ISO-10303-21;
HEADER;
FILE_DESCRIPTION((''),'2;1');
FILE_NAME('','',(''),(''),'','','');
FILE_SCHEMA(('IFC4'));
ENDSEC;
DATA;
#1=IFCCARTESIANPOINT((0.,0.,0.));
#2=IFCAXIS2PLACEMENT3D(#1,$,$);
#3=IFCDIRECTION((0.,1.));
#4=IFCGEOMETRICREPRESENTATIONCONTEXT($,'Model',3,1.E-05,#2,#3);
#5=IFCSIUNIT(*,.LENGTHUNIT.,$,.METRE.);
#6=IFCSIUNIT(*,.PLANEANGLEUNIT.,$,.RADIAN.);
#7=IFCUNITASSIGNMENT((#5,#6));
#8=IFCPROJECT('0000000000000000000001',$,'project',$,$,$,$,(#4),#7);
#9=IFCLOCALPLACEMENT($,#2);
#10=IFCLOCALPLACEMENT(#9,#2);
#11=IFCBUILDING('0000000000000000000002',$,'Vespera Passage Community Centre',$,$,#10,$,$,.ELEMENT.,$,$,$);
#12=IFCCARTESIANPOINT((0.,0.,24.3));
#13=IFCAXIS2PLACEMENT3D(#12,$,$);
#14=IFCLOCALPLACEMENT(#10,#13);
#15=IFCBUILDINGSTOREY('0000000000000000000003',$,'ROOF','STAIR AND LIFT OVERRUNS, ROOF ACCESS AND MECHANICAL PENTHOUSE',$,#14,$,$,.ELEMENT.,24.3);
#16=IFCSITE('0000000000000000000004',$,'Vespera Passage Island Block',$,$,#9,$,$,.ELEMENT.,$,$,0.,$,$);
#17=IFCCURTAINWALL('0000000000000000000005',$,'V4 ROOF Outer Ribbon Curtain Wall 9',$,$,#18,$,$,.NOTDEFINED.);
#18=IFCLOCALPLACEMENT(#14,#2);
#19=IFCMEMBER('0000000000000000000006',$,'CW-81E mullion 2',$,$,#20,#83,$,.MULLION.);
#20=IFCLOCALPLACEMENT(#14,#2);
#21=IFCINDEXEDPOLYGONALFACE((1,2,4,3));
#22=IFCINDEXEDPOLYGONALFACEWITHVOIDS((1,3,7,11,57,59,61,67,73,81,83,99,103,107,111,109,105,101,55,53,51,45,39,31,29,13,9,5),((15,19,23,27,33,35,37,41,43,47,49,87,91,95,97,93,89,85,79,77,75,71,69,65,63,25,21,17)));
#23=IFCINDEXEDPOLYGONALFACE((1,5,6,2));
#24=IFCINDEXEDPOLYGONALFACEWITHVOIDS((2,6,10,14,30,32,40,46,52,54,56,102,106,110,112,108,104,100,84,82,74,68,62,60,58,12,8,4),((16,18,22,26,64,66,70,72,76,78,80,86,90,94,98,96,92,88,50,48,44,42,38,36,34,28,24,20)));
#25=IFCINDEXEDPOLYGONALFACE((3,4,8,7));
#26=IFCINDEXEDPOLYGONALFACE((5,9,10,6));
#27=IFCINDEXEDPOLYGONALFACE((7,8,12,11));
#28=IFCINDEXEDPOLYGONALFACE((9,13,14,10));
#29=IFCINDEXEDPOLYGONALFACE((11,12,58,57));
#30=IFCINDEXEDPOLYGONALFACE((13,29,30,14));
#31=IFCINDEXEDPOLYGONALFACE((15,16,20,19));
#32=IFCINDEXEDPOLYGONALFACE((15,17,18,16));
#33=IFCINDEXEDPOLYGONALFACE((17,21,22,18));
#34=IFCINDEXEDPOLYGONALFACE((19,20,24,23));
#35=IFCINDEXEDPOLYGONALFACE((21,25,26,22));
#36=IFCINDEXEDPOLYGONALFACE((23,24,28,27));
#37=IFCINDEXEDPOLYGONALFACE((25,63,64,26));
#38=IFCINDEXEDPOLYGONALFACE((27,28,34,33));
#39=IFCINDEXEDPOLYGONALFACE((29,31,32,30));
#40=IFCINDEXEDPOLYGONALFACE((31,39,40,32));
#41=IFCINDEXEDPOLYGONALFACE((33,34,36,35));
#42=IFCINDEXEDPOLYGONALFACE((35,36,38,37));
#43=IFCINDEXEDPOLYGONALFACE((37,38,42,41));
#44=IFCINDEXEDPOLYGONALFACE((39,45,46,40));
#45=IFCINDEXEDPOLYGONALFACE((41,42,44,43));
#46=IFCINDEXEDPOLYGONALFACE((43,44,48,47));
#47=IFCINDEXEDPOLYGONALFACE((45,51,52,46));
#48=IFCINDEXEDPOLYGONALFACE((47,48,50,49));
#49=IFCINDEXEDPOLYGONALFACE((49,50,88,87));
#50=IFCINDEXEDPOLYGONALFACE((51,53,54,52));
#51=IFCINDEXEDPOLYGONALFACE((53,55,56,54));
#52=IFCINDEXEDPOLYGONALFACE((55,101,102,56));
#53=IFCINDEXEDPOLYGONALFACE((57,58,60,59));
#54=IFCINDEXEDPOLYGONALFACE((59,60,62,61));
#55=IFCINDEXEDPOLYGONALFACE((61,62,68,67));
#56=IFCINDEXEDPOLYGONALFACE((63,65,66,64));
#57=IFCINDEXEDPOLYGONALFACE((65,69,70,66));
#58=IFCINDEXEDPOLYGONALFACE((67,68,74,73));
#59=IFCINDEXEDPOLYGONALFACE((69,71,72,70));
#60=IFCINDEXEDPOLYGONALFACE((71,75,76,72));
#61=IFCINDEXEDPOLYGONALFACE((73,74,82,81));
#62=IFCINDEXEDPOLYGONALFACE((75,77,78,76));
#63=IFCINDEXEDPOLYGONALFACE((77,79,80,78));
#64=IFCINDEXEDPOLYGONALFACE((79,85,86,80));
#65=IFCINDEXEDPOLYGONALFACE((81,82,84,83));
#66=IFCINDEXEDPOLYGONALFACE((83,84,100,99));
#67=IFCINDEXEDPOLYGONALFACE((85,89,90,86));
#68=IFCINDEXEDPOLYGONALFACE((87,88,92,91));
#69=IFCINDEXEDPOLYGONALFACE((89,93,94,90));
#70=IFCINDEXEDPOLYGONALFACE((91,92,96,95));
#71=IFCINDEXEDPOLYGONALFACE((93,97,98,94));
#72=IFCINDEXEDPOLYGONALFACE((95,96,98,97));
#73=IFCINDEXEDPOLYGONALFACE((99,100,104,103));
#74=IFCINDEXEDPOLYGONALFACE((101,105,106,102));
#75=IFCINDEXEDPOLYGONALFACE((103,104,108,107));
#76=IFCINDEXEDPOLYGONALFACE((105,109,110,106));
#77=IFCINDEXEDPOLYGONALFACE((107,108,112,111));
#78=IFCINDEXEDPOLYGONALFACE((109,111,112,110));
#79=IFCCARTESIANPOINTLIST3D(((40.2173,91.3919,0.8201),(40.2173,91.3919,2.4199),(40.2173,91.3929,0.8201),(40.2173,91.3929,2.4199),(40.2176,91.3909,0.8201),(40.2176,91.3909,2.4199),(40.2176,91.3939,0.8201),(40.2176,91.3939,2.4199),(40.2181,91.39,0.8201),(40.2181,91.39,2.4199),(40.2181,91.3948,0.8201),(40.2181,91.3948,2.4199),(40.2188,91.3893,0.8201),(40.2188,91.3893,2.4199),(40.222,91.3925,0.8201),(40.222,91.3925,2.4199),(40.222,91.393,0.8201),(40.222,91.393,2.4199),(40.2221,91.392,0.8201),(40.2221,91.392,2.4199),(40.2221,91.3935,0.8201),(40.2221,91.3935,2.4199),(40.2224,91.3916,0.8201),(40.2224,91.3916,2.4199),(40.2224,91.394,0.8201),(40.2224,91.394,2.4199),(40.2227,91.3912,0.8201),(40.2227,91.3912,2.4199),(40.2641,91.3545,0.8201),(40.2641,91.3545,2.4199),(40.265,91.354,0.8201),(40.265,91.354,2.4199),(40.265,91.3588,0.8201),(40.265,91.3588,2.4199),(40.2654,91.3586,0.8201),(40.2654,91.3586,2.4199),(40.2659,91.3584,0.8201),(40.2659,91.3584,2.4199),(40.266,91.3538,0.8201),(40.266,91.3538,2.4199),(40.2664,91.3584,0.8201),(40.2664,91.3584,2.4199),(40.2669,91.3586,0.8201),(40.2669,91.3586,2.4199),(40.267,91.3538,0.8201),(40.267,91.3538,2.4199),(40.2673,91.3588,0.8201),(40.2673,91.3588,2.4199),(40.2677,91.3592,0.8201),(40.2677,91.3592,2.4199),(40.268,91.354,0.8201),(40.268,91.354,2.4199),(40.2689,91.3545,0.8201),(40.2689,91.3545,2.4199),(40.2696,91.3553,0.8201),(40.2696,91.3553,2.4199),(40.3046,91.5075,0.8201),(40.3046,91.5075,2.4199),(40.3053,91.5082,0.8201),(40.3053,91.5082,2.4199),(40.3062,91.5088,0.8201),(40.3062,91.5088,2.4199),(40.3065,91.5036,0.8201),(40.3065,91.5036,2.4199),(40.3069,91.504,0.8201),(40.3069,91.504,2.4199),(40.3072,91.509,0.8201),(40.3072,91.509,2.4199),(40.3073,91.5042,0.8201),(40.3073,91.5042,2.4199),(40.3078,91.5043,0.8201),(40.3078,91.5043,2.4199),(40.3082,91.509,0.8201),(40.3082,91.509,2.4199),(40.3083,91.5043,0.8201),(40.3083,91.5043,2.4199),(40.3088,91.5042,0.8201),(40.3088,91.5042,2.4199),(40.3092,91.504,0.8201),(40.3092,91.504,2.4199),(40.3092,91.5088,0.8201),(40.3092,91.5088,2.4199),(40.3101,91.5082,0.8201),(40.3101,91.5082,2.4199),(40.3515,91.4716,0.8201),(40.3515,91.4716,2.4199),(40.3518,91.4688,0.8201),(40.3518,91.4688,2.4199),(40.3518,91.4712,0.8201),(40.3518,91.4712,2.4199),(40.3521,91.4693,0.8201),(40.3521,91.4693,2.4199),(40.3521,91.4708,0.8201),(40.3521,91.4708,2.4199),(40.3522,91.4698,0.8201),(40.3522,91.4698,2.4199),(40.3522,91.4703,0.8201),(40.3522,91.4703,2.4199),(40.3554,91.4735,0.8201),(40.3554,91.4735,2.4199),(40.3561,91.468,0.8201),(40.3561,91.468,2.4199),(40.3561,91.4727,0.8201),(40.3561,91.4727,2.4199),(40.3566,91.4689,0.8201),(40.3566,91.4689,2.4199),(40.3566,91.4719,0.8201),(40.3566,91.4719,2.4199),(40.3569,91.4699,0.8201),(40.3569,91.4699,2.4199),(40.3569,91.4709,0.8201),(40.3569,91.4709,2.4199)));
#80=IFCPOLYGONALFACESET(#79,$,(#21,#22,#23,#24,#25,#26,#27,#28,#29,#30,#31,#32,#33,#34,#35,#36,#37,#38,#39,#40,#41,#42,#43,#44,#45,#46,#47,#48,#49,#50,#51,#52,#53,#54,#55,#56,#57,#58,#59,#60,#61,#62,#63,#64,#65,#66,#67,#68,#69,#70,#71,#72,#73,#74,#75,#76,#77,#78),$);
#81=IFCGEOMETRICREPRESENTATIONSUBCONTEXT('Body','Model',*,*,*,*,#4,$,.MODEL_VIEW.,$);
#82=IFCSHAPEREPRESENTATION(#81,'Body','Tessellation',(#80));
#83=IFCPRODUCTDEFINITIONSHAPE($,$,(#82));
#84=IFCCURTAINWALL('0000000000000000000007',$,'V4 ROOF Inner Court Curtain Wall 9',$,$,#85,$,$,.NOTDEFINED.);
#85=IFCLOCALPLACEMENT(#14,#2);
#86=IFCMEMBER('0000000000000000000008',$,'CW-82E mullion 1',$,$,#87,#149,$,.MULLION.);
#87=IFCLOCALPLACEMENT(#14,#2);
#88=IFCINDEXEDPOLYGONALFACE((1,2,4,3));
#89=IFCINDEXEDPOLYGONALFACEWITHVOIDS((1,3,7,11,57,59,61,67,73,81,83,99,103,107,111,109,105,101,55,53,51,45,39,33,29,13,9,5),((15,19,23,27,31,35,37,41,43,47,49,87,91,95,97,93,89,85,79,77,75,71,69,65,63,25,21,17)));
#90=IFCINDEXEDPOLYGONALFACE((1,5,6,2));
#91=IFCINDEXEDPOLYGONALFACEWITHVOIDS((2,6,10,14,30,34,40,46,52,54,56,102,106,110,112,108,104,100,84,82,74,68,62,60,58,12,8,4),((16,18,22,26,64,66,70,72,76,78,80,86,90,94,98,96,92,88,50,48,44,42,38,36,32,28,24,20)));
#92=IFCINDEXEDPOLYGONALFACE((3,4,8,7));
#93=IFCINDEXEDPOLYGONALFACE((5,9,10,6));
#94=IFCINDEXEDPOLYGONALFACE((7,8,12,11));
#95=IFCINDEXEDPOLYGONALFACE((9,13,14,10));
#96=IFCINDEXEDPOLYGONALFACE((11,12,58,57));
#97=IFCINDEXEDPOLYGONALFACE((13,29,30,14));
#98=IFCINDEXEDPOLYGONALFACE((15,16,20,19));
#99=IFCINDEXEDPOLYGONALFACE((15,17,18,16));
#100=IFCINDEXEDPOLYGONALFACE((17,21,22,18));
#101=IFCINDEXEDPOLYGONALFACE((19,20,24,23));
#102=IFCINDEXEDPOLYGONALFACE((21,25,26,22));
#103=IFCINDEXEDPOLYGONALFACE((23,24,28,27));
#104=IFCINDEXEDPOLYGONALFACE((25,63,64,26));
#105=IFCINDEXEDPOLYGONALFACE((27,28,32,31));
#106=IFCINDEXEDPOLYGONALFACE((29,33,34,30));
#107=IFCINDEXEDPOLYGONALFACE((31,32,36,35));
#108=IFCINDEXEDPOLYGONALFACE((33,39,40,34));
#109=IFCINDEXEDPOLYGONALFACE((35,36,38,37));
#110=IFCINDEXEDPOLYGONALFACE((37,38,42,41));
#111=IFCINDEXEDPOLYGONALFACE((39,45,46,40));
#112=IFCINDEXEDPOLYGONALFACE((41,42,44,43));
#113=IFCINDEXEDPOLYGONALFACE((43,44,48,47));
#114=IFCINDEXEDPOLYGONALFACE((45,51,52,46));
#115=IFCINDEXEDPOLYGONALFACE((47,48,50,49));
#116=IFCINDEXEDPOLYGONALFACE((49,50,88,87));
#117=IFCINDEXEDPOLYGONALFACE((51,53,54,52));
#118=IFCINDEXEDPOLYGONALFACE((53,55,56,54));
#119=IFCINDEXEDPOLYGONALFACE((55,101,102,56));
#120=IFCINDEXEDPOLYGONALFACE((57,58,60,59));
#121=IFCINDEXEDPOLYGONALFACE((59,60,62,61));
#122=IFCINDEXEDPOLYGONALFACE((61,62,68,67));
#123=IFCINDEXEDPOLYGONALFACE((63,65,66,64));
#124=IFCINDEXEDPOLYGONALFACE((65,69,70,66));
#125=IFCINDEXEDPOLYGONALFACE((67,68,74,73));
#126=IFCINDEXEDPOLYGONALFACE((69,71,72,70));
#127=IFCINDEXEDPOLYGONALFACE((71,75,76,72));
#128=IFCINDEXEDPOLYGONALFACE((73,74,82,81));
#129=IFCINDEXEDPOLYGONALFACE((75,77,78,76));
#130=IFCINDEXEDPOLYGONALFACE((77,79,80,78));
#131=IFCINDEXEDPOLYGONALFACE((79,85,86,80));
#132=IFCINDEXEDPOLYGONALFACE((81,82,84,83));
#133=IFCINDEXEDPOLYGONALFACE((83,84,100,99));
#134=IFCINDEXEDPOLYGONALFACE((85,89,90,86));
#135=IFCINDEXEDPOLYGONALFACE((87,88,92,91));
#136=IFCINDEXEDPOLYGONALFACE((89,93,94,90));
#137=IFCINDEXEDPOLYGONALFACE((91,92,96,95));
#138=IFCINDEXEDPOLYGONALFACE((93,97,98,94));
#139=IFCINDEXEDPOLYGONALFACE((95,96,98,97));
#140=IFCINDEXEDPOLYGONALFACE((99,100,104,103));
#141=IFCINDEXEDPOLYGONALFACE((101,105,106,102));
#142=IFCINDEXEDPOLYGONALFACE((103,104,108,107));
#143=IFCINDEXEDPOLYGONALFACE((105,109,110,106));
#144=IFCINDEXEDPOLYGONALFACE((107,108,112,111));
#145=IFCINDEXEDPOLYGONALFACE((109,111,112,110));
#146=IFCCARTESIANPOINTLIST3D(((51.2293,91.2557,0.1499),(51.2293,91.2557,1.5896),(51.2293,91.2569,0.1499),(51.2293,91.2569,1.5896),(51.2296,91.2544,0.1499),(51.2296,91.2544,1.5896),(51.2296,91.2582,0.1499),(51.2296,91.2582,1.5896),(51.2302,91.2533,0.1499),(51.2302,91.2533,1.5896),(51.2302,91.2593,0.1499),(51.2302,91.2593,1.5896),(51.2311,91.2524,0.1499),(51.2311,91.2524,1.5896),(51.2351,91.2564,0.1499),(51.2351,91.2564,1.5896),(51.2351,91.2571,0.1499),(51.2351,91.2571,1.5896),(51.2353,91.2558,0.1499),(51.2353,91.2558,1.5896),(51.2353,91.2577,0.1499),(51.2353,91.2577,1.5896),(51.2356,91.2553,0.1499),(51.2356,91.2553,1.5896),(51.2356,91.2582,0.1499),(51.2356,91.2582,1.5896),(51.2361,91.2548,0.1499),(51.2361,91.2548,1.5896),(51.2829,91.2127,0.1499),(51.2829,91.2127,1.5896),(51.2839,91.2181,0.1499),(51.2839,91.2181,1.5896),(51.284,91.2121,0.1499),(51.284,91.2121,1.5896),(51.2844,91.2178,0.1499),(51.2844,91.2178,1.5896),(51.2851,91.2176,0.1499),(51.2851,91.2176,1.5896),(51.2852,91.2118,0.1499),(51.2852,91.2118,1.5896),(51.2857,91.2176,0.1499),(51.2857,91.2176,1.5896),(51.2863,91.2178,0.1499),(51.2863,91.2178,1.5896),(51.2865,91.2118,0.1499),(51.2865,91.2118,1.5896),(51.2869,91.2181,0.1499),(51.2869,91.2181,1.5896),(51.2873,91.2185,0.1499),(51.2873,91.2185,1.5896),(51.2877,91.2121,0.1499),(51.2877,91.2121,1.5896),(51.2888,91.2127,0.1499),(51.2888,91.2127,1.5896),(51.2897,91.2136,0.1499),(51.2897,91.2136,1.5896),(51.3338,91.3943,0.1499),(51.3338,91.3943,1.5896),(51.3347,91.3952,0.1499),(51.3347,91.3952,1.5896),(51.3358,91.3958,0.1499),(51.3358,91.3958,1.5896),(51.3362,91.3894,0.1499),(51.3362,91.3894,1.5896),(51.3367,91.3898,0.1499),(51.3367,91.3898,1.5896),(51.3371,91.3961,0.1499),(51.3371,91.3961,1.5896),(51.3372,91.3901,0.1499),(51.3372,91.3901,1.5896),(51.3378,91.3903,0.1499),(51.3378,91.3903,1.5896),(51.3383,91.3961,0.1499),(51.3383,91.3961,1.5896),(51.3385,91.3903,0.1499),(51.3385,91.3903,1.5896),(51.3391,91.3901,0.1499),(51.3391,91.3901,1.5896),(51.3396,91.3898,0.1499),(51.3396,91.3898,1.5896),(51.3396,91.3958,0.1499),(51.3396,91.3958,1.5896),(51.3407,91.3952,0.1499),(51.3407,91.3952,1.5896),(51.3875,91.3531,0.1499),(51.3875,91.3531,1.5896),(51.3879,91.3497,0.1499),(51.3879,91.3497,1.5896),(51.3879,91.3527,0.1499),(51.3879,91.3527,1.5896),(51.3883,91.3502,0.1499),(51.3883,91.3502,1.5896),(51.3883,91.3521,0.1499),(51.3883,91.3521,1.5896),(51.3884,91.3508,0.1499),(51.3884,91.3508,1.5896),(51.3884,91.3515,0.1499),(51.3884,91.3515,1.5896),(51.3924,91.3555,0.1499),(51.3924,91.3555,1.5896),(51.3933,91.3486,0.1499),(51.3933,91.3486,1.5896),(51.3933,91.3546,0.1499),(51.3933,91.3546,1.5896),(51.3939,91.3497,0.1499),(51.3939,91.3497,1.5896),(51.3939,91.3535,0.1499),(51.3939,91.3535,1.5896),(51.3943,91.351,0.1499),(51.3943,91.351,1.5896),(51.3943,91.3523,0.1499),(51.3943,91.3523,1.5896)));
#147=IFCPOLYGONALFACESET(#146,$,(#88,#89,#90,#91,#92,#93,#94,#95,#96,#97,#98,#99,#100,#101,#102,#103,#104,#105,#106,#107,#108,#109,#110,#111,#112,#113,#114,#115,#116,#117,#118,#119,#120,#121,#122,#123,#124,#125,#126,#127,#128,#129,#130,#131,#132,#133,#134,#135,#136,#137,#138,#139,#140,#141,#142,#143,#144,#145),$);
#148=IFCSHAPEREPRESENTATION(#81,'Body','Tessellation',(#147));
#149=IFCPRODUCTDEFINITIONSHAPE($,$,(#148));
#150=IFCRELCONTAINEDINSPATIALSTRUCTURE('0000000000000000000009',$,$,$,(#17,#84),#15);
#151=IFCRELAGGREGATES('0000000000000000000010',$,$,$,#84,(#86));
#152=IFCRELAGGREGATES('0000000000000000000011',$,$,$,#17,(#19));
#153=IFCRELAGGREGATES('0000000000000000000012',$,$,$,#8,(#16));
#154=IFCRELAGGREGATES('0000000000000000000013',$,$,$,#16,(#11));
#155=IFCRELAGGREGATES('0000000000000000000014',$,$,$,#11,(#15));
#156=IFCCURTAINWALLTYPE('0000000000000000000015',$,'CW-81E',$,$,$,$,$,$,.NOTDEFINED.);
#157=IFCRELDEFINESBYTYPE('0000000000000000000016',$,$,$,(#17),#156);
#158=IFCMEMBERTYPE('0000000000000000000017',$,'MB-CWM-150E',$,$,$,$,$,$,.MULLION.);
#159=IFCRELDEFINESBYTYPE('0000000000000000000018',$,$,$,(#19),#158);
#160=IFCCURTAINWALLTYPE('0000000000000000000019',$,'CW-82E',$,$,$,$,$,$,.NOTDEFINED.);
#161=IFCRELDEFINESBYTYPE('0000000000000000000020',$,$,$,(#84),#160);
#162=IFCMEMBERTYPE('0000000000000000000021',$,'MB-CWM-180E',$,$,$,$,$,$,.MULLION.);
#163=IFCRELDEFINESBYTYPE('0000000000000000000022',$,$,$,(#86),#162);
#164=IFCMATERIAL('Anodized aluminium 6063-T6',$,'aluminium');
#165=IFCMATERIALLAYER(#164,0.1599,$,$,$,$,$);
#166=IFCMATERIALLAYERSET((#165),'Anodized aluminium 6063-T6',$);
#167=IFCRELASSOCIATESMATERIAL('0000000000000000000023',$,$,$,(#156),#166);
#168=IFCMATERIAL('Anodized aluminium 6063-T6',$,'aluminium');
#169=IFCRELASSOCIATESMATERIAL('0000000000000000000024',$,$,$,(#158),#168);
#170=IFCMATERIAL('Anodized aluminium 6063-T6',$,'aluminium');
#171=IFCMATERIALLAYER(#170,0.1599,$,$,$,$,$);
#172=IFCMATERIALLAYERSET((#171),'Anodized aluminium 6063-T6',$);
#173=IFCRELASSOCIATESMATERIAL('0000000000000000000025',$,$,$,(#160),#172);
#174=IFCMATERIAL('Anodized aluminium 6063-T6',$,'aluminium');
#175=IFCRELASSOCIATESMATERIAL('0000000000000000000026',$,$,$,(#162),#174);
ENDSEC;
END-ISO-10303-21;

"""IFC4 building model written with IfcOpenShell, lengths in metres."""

from ifc_helpers import new_model, si_unit, direction, frame, origin, origin_2d, place, context, subcontext, project, spatial, hollow_rectangle, extrude, material, layer, layer_set, material_profile, profile_set, type_object, element, aggregate, save


model = new_model("IFC4")

# Units and contexts
model_context = context("Model", 3, precision=1e-05, world=origin(), true_north=direction((0.0, 1.0)))
body_context = subcontext(model_context, "Body", "Model", "MODEL_VIEW")
ifc_project = project(units=[si_unit("LENGTHUNIT", "METRE"), si_unit("PLANEANGLEUNIT", "RADIAN")], contexts=[model_context])

# Site, building, storey
site_placement = place(None, origin())
site = spatial("IfcSite", under=ifc_project, at=site_placement, Name="Vespera Passage Island Block", CompositionType="ELEMENT", RefElevation=0.0)
building_placement = place(site_placement, origin())
building = spatial("IfcBuilding", under=site, at=building_placement, Name="Vespera Passage Community Centre", CompositionType="ELEMENT")
storey_placement = place(building_placement, frame((0.0, 0.0, 24.3)))
storey = spatial("IfcBuildingStorey", under=building, at=storey_placement, Name="ROOF", Description="STAIR AND LIFT OVERRUNS, ROOF ACCESS AND MECHANICAL PENTHOUSE", CompositionType="ELEMENT", Elevation=24.3)

# Curtain walls, members
ifc_material_1 = material(Name="Anodized aluminium 6063-T6", Category="aluminium")
ifc_layer_1 = layer(ifc_material_1, 0.1599)
ifc_layer_set_1 = layer_set([ifc_layer_1], Name="Anodized aluminium 6063-T6")
curtain_wall_type_1 = type_object("IfcCurtainWallType", Name="CW-81E", PredefinedType="NOTDEFINED", material=ifc_layer_set_1)
curtain_wall_1_placement = place(storey_placement, origin())
curtain_wall_1 = element("IfcCurtainWall", 1, at=curtain_wall_1_placement, inside=storey, type_object=curtain_wall_type_1, Name="V4 ROOF Outer Ribbon Curtain Wall 9", PredefinedType="NOTDEFINED")
ifc_material_2 = material(Name="Anodized aluminium 6063-T6", Category="aluminium")
ifc_material_profile_1 = material_profile(ifc_material_2, hollow_rectangle(XDim=0.0649, YDim=0.1499, WallThickness=0.0039, InnerFilletRadius=0.002, OuterFilletRadius=0.0039, at=origin_2d()), Name="ALU150X65X4")
ifc_profile_set_1 = profile_set([ifc_material_profile_1], Name="Anodized aluminium 6063-T6")
member_type_1 = type_object("IfcMemberType", Name="MB-CWM-150E", PredefinedType="MULLION", material=ifc_profile_set_1)
member_1_placement = place(storey_placement, frame((40.2871, 91.4314, 0.8201), z_axis=(0.0, 0.0, 1.0), x_axis=(-0.79335, 0.608765, 0.0)))
member_1 = element("IfcMember", 2, at=member_1_placement, type_object=member_type_1, Name="CW-81E mullion 2", PredefinedType="MULLION", context=body_context, shape_type="SweptSolid", body=[
    extrude(hollow_rectangle(XDim=0.0649, YDim=0.1499, WallThickness=0.0039, InnerFilletRadius=0.002, OuterFilletRadius=0.0039, at=origin_2d()), origin(), (0.0, 0.0, 1.0), 1.5999),
])
ifc_material_3 = material(Name="Anodized aluminium 6063-T6", Category="aluminium")
ifc_layer_2 = layer(ifc_material_3, 0.1599)
ifc_layer_set_2 = layer_set([ifc_layer_2], Name="Anodized aluminium 6063-T6")
curtain_wall_type_2 = type_object("IfcCurtainWallType", Name="CW-82E", PredefinedType="NOTDEFINED", material=ifc_layer_set_2)
curtain_wall_2_placement = place(storey_placement, origin())
curtain_wall_2 = element("IfcCurtainWall", 3, at=curtain_wall_2_placement, inside=storey, type_object=curtain_wall_type_2, Name="V4 ROOF Inner Court Curtain Wall 9", PredefinedType="NOTDEFINED")
ifc_material_4 = material(Name="Anodized aluminium 6063-T6", Category="aluminium")
ifc_material_profile_2 = material_profile(ifc_material_4, hollow_rectangle(XDim=0.075, YDim=0.1799, WallThickness=0.0049, InnerFilletRadius=0.0024, OuterFilletRadius=0.0049, at=origin_2d()), Name="ALU180X75X5")
ifc_profile_set_2 = profile_set([ifc_material_profile_2], Name="Anodized aluminium 6063-T6")
member_type_2 = type_object("IfcMemberType", Name="MB-CWM-180E", PredefinedType="MULLION", material=ifc_profile_set_2)
member_2_placement = place(storey_placement, frame((51.3118, 91.304, 0.1499), z_axis=(0.0, 0.0, 1.0), x_axis=(0.793358, -0.608755, 0.0)))
member_2 = element("IfcMember", 4, at=member_2_placement, type_object=member_type_2, Name="CW-82E mullion 1", PredefinedType="MULLION", context=body_context, shape_type="SweptSolid", body=[
    extrude(hollow_rectangle(XDim=0.075, YDim=0.1799, WallThickness=0.0049, InnerFilletRadius=0.0024, OuterFilletRadius=0.0049, at=origin_2d()), origin(), (0.0, 0.0, 1.0), 1.4397),
])

aggregate(curtain_wall_2, [member_2])
aggregate(curtain_wall_1, [member_1])

save(model, "model.ifc")
